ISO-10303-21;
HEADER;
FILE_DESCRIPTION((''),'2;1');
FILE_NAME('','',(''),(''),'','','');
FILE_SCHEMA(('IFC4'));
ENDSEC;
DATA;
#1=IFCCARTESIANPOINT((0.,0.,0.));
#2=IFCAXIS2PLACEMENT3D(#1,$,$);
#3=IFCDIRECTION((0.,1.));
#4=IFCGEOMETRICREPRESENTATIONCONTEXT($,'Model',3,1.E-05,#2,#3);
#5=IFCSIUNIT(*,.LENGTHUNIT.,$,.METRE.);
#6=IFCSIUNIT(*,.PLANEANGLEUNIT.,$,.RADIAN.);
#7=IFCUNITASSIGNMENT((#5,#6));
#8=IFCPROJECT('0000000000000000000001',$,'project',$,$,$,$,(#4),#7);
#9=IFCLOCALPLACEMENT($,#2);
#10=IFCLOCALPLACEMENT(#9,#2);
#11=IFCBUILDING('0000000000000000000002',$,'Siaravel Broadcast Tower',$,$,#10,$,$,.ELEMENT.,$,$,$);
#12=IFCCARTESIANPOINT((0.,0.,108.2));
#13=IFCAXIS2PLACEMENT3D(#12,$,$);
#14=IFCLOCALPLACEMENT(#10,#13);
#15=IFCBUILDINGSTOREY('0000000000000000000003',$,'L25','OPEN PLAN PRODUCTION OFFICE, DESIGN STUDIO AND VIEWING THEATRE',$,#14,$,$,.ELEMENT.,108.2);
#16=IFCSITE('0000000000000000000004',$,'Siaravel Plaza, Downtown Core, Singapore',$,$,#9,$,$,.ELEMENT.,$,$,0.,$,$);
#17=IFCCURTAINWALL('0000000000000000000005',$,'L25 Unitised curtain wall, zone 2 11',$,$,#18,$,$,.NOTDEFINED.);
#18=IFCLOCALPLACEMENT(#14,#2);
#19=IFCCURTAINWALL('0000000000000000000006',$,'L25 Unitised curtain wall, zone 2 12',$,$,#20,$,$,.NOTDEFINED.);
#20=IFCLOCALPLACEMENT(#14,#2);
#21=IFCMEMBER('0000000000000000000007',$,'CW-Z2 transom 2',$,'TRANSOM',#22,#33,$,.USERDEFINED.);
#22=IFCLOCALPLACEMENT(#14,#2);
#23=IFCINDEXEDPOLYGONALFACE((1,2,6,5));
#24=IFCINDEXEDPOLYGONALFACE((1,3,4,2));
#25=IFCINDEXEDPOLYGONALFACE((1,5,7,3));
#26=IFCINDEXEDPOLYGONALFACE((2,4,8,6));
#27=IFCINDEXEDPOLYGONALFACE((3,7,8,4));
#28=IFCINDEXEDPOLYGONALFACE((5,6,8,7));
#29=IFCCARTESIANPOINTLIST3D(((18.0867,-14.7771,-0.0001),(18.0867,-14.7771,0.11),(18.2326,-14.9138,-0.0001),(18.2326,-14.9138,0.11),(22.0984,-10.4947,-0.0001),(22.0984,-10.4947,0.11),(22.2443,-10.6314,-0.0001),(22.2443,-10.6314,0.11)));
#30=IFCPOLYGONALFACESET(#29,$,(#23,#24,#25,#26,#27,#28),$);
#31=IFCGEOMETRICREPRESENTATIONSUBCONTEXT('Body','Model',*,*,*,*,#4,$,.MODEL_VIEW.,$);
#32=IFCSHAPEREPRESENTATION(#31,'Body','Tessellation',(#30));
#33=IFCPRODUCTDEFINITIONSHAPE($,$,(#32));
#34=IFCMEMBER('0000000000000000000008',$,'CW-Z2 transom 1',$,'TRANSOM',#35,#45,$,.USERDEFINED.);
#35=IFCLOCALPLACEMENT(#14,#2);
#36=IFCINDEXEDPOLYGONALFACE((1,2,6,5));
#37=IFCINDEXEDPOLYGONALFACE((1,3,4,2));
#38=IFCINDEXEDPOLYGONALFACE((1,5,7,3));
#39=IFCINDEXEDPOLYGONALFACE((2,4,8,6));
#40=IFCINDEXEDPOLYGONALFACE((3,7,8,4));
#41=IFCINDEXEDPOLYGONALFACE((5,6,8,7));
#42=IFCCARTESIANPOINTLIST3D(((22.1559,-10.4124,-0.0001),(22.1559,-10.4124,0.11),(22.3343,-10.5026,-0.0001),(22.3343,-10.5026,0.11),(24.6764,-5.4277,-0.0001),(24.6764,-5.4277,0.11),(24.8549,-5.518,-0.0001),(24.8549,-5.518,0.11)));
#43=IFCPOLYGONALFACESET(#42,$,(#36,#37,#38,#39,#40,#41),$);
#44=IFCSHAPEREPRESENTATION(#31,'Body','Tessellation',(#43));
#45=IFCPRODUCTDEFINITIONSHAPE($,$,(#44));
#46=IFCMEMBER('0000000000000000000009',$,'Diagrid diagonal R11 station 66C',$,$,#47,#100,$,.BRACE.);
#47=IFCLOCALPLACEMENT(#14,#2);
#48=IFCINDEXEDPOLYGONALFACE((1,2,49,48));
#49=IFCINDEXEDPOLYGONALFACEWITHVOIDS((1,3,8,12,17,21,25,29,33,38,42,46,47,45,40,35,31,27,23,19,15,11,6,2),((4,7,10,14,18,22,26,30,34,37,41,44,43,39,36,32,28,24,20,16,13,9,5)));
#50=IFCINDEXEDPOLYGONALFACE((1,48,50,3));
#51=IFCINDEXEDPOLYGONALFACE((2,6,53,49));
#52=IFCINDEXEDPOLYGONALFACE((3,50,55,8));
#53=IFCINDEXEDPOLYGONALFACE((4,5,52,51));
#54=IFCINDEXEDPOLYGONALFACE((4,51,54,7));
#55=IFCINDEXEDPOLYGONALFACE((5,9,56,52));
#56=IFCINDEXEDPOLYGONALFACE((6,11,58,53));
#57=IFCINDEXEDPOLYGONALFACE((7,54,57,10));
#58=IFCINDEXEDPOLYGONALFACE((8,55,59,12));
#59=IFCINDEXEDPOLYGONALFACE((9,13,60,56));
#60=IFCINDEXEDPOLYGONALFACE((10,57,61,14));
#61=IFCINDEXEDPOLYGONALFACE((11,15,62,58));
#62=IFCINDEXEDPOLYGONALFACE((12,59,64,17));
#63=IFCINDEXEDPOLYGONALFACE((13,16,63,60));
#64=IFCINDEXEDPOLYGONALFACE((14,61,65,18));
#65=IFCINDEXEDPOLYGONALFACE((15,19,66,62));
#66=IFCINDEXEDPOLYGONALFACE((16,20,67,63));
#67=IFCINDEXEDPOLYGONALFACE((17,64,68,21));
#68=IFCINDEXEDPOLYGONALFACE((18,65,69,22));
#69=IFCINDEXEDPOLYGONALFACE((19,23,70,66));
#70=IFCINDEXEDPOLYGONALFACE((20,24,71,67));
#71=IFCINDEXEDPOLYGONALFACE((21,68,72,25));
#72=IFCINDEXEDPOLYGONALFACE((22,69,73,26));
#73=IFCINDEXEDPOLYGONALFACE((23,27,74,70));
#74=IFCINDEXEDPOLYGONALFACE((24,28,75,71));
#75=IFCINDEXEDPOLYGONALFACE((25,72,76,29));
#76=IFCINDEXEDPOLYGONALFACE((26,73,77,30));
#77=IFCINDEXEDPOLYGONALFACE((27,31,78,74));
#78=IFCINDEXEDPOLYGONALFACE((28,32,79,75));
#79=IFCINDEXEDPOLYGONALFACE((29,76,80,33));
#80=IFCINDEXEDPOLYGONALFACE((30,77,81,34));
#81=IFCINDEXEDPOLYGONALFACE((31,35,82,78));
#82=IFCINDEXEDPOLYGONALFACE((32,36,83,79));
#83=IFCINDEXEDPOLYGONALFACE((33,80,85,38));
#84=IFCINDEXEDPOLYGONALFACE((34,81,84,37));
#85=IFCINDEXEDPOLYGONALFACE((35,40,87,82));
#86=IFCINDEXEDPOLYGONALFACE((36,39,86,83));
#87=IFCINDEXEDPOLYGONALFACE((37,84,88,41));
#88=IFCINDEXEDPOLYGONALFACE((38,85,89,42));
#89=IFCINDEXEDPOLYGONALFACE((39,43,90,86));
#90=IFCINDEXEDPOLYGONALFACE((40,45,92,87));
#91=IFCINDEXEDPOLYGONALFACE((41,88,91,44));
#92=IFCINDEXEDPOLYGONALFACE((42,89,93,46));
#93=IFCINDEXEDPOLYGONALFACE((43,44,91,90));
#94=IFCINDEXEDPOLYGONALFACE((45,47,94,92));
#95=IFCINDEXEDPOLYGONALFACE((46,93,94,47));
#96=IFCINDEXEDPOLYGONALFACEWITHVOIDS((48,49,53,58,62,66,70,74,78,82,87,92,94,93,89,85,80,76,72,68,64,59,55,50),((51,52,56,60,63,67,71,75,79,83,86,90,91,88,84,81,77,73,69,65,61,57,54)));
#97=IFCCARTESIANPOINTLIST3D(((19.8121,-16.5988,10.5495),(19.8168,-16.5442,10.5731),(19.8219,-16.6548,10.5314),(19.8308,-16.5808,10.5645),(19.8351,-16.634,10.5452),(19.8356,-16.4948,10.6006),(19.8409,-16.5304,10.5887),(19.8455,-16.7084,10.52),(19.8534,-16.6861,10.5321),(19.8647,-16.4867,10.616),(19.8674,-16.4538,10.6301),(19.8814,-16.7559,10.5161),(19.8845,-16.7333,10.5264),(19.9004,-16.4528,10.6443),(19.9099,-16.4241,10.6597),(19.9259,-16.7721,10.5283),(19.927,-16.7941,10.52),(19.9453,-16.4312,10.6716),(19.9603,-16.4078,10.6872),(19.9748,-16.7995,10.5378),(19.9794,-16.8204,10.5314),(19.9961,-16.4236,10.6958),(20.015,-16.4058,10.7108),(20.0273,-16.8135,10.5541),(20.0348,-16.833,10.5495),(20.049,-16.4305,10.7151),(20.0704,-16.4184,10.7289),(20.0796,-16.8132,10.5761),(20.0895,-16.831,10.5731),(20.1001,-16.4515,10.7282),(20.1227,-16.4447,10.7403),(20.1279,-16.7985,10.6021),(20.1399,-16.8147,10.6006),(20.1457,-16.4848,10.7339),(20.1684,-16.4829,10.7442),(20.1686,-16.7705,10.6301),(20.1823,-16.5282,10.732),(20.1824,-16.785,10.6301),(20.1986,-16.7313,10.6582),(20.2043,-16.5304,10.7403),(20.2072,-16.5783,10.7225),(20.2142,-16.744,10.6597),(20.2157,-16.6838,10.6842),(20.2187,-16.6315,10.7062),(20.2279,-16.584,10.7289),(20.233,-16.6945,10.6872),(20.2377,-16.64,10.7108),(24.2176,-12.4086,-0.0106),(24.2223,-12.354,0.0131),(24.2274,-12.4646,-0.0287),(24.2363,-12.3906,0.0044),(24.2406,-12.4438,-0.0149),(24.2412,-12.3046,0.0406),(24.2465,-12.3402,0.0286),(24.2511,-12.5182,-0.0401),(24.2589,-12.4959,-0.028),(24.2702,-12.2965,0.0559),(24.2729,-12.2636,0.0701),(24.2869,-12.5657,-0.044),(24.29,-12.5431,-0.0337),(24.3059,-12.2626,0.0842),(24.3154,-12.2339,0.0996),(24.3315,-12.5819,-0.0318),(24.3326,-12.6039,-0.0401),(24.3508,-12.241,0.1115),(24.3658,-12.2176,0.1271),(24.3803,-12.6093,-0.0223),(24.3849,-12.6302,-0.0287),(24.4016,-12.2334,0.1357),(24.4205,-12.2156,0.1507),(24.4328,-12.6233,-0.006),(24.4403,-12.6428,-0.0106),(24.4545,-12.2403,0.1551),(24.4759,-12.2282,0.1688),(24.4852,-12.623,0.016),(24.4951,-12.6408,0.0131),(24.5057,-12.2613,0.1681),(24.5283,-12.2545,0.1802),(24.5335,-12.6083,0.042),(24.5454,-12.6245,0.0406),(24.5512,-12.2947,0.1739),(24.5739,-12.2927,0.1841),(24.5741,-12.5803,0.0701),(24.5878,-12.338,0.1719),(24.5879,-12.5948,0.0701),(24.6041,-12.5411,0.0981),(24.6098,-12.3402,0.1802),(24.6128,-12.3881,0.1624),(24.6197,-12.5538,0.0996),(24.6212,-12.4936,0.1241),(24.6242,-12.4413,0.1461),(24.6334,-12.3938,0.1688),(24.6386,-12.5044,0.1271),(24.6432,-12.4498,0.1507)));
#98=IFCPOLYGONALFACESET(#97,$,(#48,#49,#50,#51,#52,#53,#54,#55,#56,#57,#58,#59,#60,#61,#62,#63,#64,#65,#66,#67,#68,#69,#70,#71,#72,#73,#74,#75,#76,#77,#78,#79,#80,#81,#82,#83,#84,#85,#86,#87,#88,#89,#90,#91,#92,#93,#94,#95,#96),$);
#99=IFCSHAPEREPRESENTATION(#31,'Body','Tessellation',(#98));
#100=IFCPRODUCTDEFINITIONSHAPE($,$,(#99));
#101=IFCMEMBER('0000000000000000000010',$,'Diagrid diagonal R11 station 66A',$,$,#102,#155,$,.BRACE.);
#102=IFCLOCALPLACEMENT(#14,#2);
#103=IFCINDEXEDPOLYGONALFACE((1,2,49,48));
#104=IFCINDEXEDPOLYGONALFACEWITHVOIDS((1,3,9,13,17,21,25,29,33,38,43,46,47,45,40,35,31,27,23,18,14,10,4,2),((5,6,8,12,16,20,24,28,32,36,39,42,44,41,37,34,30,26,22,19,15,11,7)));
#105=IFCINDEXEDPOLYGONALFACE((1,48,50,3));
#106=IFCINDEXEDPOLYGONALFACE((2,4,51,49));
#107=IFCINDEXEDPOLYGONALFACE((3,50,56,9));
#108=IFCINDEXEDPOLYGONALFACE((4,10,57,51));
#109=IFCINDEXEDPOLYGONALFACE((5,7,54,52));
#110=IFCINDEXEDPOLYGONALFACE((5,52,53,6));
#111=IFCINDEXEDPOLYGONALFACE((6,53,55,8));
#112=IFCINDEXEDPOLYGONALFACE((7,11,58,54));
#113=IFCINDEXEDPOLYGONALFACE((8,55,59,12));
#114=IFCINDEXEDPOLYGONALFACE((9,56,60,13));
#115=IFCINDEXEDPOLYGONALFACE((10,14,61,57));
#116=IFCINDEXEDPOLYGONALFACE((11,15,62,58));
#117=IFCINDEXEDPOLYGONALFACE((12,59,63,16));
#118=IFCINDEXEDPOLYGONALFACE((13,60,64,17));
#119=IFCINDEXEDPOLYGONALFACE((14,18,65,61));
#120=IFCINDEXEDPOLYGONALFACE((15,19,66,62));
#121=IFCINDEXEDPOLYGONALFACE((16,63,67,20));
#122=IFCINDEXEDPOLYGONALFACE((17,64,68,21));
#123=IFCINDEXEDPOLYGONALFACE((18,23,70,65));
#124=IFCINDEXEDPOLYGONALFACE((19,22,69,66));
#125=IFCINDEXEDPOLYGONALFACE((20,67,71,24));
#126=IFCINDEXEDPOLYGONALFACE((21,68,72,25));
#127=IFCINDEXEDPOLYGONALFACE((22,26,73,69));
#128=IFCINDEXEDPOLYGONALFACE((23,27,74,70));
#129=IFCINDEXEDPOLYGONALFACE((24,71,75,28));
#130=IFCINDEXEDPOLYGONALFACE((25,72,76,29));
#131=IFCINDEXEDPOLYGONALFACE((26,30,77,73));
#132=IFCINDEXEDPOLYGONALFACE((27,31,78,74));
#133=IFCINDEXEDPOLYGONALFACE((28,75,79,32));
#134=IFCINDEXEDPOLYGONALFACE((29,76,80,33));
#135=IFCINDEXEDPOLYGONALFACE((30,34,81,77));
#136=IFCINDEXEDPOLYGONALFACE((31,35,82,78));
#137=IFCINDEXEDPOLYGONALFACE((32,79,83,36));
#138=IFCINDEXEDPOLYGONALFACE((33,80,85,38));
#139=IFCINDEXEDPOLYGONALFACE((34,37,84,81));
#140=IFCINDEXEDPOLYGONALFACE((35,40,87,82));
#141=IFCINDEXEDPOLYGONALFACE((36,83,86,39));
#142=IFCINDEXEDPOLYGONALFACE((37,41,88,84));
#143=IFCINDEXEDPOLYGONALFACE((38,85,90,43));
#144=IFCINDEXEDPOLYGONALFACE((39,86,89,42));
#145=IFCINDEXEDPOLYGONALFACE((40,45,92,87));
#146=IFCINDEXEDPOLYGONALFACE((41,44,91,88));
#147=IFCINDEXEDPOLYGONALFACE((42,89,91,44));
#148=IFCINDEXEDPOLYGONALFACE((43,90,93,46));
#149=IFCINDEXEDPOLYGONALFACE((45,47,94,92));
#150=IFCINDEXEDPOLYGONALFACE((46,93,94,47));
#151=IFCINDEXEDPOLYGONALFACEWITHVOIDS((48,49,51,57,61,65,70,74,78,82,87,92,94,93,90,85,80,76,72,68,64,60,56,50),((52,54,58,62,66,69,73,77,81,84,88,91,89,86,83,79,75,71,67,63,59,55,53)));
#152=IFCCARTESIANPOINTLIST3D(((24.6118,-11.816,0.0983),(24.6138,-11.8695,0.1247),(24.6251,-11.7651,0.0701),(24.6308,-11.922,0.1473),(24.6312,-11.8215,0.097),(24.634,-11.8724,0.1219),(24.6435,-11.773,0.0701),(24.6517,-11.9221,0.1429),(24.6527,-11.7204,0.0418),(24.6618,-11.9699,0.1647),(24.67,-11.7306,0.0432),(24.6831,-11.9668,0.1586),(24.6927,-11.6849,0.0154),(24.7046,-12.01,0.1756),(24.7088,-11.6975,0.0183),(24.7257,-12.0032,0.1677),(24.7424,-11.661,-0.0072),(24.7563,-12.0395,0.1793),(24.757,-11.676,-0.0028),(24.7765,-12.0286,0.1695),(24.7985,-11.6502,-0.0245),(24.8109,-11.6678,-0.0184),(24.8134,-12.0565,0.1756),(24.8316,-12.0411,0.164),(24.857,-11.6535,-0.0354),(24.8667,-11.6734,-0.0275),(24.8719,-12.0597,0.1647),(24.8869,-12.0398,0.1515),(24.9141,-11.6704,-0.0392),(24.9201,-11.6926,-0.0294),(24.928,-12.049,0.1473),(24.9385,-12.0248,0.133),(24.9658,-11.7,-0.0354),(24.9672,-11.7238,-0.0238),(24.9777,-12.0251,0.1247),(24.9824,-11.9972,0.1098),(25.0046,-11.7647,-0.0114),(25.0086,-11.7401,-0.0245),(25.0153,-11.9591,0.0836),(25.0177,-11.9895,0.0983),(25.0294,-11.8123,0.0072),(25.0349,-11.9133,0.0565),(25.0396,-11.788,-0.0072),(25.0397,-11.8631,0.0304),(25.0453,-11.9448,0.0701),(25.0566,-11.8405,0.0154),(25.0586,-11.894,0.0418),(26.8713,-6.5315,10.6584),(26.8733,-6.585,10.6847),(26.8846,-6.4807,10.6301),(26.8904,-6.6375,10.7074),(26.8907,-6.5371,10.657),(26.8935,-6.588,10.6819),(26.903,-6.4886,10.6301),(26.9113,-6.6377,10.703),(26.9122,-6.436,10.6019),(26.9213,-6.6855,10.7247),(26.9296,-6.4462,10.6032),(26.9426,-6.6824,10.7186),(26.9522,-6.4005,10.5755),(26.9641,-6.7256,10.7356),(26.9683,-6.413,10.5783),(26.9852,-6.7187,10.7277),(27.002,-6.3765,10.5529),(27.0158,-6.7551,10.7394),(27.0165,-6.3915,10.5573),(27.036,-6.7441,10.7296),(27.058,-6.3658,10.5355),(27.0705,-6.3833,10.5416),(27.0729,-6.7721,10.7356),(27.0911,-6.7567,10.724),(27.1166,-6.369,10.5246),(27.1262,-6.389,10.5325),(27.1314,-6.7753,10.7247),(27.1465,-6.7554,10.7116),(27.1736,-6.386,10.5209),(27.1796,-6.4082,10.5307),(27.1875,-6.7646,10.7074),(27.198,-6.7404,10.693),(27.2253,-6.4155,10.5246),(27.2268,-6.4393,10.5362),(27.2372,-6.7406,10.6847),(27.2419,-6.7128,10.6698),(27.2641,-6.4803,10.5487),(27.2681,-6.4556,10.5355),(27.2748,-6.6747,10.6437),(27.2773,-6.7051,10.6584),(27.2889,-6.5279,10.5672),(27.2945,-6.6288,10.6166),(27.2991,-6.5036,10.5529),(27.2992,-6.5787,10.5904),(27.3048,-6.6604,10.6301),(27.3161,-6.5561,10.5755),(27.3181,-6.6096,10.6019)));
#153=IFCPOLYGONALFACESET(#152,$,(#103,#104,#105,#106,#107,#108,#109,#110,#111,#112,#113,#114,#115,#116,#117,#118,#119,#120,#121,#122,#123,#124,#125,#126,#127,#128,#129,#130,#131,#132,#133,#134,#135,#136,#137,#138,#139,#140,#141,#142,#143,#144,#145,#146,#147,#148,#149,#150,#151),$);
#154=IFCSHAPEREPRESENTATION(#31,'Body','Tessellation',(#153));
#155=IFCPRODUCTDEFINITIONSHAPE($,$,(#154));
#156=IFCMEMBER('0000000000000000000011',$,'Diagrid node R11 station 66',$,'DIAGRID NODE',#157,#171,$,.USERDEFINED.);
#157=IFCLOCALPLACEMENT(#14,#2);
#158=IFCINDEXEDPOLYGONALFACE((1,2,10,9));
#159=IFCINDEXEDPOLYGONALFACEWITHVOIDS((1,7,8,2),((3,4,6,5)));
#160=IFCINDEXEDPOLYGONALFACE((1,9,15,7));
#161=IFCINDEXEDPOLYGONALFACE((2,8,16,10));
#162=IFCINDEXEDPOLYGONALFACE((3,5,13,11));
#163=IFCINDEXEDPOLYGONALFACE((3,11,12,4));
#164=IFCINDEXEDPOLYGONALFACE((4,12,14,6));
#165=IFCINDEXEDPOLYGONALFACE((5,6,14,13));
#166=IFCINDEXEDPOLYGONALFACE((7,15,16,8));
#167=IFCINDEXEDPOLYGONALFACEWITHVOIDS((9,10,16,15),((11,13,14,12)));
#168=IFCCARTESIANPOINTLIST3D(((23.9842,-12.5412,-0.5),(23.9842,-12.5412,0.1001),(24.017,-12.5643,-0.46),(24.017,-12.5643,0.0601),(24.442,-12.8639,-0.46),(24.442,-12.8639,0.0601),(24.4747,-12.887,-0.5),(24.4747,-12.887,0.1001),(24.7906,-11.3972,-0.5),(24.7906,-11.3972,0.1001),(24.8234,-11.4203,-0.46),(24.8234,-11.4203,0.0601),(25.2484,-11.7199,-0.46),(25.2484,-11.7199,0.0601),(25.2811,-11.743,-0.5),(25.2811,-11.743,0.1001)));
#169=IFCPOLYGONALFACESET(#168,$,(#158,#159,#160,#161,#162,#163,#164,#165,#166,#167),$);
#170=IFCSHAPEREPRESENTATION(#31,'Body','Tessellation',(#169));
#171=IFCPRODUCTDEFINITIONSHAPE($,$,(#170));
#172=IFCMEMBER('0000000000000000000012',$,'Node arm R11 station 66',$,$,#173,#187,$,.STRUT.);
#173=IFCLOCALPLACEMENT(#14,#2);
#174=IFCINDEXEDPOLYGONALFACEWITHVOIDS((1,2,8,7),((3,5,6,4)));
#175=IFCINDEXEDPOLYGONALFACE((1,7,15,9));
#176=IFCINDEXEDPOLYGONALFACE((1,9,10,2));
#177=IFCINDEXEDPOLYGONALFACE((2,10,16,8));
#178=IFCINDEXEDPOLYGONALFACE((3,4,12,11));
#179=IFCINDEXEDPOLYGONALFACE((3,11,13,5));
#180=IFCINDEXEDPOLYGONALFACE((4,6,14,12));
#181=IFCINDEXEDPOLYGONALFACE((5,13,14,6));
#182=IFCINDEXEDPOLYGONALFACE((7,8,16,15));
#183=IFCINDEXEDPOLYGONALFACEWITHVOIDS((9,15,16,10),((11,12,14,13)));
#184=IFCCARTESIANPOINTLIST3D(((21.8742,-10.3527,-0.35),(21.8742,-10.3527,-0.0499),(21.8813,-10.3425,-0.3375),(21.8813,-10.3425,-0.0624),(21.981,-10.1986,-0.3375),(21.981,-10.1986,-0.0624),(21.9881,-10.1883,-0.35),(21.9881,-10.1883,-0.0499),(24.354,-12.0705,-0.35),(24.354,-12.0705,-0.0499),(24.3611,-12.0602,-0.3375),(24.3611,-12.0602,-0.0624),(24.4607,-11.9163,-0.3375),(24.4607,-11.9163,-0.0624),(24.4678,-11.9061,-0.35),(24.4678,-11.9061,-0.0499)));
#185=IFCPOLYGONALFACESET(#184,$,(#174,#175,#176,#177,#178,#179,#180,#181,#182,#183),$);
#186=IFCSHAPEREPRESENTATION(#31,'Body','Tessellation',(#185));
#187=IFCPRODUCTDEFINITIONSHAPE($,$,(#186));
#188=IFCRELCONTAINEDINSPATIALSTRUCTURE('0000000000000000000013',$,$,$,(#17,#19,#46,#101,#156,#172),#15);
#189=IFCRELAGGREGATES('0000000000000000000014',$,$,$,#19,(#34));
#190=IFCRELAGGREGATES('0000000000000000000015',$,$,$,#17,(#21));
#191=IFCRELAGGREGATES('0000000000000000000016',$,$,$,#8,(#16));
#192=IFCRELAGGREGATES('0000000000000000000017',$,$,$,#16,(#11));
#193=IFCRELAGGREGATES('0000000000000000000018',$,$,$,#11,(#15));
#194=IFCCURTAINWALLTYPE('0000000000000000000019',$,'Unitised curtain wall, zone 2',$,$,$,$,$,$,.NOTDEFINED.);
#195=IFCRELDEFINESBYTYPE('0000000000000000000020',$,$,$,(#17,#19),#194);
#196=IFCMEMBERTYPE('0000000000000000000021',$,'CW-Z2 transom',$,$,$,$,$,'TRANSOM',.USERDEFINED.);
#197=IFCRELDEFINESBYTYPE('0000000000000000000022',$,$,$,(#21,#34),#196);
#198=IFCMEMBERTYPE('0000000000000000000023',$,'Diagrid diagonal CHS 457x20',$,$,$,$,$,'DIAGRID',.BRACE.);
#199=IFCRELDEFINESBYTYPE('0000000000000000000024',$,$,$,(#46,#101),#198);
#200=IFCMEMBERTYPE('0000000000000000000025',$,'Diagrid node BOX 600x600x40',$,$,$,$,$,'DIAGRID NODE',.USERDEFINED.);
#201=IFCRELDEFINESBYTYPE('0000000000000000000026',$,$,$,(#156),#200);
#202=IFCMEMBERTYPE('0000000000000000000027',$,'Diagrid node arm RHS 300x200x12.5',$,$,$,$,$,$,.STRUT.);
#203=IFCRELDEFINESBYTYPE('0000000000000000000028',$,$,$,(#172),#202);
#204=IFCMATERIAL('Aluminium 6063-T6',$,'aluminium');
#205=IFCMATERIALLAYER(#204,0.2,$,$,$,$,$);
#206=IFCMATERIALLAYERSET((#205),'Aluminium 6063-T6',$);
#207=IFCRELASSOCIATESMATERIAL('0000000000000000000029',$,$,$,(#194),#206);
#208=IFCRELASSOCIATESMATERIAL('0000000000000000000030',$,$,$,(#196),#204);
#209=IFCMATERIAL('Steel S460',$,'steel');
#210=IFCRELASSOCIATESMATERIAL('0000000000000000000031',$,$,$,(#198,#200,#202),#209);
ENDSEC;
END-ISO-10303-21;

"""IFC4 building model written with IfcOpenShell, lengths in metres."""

from ifc_helpers import new_model, si_unit, direction, frame, origin, origin_2d, place, context, subcontext, project, spatial, rectangle, hollow_rectangle, hollow_circle, extrude, material, layer, layer_set, material_profile, profile_set, type_object, element, aggregate, save


model = new_model("IFC4")

# Units and contexts
model_context = context("Model", 3, precision=1e-05, world=origin(), true_north=direction((0.0, 1.0)))
body_context = subcontext(model_context, "Body", "Model", "MODEL_VIEW")
ifc_project = project(units=[si_unit("LENGTHUNIT", "METRE"), si_unit("PLANEANGLEUNIT", "RADIAN")], contexts=[model_context])

# Site, building, storey
site_placement = place(None, origin())
site = spatial("IfcSite", under=ifc_project, at=site_placement, Name="Siaravel Plaza, Downtown Core, Singapore", CompositionType="ELEMENT", RefElevation=0.0)
building_placement = place(site_placement, origin())
building = spatial("IfcBuilding", under=site, at=building_placement, Name="Siaravel Broadcast Tower", CompositionType="ELEMENT")
storey_placement = place(building_placement, frame((0.0, 0.0, 108.2)))
storey = spatial("IfcBuildingStorey", under=building, at=storey_placement, Name="L25", Description="OPEN PLAN PRODUCTION OFFICE, DESIGN STUDIO AND VIEWING THEATRE", CompositionType="ELEMENT", Elevation=108.2)

# Curtain wall
ifc_material_1 = material(Name="Aluminium 6063-T6", Category="aluminium")
ifc_layer_1 = layer(ifc_material_1, 0.2)
ifc_layer_set_1 = layer_set([ifc_layer_1], Name="Aluminium 6063-T6")
curtain_wall_type = type_object("IfcCurtainWallType", Name="Unitised curtain wall, zone 2", PredefinedType="NOTDEFINED", material=ifc_layer_set_1)
curtain_wall_1_placement = place(storey_placement, origin())
curtain_wall_1 = element("IfcCurtainWall", 1, at=curtain_wall_1_placement, inside=storey, type_object=curtain_wall_type, Name="L25 Unitised curtain wall, zone 2 11", PredefinedType="NOTDEFINED")

# Curtain wall
curtain_wall_2_placement = place(storey_placement, origin())
curtain_wall_2 = element("IfcCurtainWall", 2, at=curtain_wall_2_placement, inside=storey, type_object=curtain_wall_type, Name="L25 Unitised curtain wall, zone 2 12", PredefinedType="NOTDEFINED")

# Members
ifc_material_profile_1 = material_profile(ifc_material_1, rectangle(XDim=0.2, YDim=0.1101, at=origin_2d()))
ifc_profile_set_1 = profile_set([ifc_material_profile_1], Name="Aluminium 6063-T6")
member_type_1 = type_object("IfcMemberType", Name="CW-Z2 transom", ElementType="TRANSOM", PredefinedType="USERDEFINED", material=ifc_profile_set_1)
member_1_placement = place(storey_placement, frame((18.1597, -14.8455, 0.0549), z_axis=(0.68366, 0.729801, 0.0), x_axis=(-0.729801, 0.68366, 0.0)))
member_1 = element("IfcMember", 3, at=member_1_placement, type_object=member_type_1, Name="CW-Z2 transom 2", ObjectType="TRANSOM", PredefinedType="USERDEFINED", context=body_context, shape_type="SweptSolid", body=[
    extrude(rectangle(XDim=0.2, YDim=0.1101, at=origin_2d()), origin(), (0.0, 0.0, 1.0), 5.8679),
])
member_2_placement = place(storey_placement, frame((22.2451, -10.4575, 0.0549), z_axis=(0.451248, 0.892399, 0.0), x_axis=(-0.892399, 0.451248, 0.0)))
member_2 = element("IfcMember", 4, at=member_2_placement, type_object=member_type_1, Name="CW-Z2 transom 1", ObjectType="TRANSOM", PredefinedType="USERDEFINED", context=body_context, shape_type="SweptSolid", body=[
    extrude(rectangle(XDim=0.2, YDim=0.1101, at=origin_2d()), origin(), (0.0, 0.0, 1.0), 5.5857),
])
aggregate(curtain_wall_2, [member_2])

# Members
ifc_material_2 = material(Name="Steel S460", Category="steel")
ifc_material_profile_2 = material_profile(ifc_material_2, hollow_circle(Radius=0.2285, WallThickness=0.02, at=origin_2d()))
ifc_profile_set_2 = profile_set([ifc_material_profile_2], Name="Steel S460")
member_type_2 = type_object("IfcMemberType", Name="Diagrid diagonal CHS 457x20", ElementType="DIAGRID", PredefinedType="BRACE", material=ifc_profile_set_2)
member_3_placement = place(storey_placement, frame((24.4304, -12.4292, 0.0701), z_axis=(-0.361544, -0.343873, 0.866624), x_axis=(0.689177, -0.724593, 0.0)))
element("IfcMember", 5, at=member_3_placement, inside=storey, type_object=member_type_2, Name="Diagrid diagonal R11 station 66C", PredefinedType="BRACE", context=body_context, shape_type="SweptSolid", body=[
    extrude(hollow_circle(Radius=0.2285, WallThickness=0.02, at=origin_2d()), origin(), (0.0, 0.0, 1.0), 12.1853),
])
member_4_placement = place(storey_placement, frame((24.8352, -11.855, 0.0701), z_axis=(0.187938, 0.439537, 0.878343), x_axis=(-0.919474, 0.39315, 0.0)))
element("IfcMember", 6, at=member_4_placement, inside=storey, type_object=member_type_2, Name="Diagrid diagonal R11 station 66A", PredefinedType="BRACE", context=body_context, shape_type="SweptSolid", body=[
    extrude(hollow_circle(Radius=0.2285, WallThickness=0.02, at=origin_2d()), origin(), (0.0, 0.0, 1.0), 12.0227),
])
ifc_material_profile_3 = material_profile(ifc_material_2, hollow_rectangle(XDim=0.6001, YDim=0.6001, WallThickness=0.04, at=origin_2d()))
ifc_profile_set_3 = profile_set([ifc_material_profile_3], Name="Steel S460")
member_type_3 = type_object("IfcMemberType", Name="Diagrid node BOX 600x600x40", ElementType="DIAGRID NODE", PredefinedType="USERDEFINED", material=ifc_profile_set_3)
member_5_placement = place(storey_placement, frame((24.2295, -12.7141, -0.2), z_axis=(0.576128, 0.817359, 0.0), x_axis=(-0.817359, 0.576128, 0.0)))
element("IfcMember", 7, at=member_5_placement, inside=storey, type_object=member_type_3, Name="Diagrid node R11 station 66", ObjectType="DIAGRID NODE", PredefinedType="USERDEFINED", context=body_context, shape_type="SweptSolid", body=[
    extrude(hollow_rectangle(XDim=0.6001, YDim=0.6001, WallThickness=0.04, at=origin_2d()), origin(), (0.0, 0.0, 1.0), 1.3997),
])
ifc_material_profile_4 = material_profile(ifc_material_2, hollow_rectangle(XDim=0.2, YDim=0.3, WallThickness=0.0125, at=origin_2d()))
ifc_profile_set_4 = profile_set([ifc_material_profile_4], Name="Steel S460")
member_type_4 = type_object("IfcMemberType", Name="Diagrid node arm RHS 300x200x12.5", PredefinedType="STRUT", material=ifc_profile_set_4)
member_6_placement = place(storey_placement, frame((21.9312, -10.2705, -0.2), z_axis=(0.822032, -0.569441, 0.0), x_axis=(0.569441, 0.822032, 0.0)))
element("IfcMember", 8, at=member_6_placement, inside=storey, type_object=member_type_4, Name="Node arm R11 station 66", PredefinedType="STRUT", context=body_context, shape_type="SweptSolid", body=[
    extrude(hollow_rectangle(XDim=0.2, YDim=0.3, WallThickness=0.0125, at=origin_2d()), origin(), (0.0, 0.0, 1.0), 3.0166),
])

aggregate(curtain_wall_1, [member_1])

save(model, "model.ifc")
